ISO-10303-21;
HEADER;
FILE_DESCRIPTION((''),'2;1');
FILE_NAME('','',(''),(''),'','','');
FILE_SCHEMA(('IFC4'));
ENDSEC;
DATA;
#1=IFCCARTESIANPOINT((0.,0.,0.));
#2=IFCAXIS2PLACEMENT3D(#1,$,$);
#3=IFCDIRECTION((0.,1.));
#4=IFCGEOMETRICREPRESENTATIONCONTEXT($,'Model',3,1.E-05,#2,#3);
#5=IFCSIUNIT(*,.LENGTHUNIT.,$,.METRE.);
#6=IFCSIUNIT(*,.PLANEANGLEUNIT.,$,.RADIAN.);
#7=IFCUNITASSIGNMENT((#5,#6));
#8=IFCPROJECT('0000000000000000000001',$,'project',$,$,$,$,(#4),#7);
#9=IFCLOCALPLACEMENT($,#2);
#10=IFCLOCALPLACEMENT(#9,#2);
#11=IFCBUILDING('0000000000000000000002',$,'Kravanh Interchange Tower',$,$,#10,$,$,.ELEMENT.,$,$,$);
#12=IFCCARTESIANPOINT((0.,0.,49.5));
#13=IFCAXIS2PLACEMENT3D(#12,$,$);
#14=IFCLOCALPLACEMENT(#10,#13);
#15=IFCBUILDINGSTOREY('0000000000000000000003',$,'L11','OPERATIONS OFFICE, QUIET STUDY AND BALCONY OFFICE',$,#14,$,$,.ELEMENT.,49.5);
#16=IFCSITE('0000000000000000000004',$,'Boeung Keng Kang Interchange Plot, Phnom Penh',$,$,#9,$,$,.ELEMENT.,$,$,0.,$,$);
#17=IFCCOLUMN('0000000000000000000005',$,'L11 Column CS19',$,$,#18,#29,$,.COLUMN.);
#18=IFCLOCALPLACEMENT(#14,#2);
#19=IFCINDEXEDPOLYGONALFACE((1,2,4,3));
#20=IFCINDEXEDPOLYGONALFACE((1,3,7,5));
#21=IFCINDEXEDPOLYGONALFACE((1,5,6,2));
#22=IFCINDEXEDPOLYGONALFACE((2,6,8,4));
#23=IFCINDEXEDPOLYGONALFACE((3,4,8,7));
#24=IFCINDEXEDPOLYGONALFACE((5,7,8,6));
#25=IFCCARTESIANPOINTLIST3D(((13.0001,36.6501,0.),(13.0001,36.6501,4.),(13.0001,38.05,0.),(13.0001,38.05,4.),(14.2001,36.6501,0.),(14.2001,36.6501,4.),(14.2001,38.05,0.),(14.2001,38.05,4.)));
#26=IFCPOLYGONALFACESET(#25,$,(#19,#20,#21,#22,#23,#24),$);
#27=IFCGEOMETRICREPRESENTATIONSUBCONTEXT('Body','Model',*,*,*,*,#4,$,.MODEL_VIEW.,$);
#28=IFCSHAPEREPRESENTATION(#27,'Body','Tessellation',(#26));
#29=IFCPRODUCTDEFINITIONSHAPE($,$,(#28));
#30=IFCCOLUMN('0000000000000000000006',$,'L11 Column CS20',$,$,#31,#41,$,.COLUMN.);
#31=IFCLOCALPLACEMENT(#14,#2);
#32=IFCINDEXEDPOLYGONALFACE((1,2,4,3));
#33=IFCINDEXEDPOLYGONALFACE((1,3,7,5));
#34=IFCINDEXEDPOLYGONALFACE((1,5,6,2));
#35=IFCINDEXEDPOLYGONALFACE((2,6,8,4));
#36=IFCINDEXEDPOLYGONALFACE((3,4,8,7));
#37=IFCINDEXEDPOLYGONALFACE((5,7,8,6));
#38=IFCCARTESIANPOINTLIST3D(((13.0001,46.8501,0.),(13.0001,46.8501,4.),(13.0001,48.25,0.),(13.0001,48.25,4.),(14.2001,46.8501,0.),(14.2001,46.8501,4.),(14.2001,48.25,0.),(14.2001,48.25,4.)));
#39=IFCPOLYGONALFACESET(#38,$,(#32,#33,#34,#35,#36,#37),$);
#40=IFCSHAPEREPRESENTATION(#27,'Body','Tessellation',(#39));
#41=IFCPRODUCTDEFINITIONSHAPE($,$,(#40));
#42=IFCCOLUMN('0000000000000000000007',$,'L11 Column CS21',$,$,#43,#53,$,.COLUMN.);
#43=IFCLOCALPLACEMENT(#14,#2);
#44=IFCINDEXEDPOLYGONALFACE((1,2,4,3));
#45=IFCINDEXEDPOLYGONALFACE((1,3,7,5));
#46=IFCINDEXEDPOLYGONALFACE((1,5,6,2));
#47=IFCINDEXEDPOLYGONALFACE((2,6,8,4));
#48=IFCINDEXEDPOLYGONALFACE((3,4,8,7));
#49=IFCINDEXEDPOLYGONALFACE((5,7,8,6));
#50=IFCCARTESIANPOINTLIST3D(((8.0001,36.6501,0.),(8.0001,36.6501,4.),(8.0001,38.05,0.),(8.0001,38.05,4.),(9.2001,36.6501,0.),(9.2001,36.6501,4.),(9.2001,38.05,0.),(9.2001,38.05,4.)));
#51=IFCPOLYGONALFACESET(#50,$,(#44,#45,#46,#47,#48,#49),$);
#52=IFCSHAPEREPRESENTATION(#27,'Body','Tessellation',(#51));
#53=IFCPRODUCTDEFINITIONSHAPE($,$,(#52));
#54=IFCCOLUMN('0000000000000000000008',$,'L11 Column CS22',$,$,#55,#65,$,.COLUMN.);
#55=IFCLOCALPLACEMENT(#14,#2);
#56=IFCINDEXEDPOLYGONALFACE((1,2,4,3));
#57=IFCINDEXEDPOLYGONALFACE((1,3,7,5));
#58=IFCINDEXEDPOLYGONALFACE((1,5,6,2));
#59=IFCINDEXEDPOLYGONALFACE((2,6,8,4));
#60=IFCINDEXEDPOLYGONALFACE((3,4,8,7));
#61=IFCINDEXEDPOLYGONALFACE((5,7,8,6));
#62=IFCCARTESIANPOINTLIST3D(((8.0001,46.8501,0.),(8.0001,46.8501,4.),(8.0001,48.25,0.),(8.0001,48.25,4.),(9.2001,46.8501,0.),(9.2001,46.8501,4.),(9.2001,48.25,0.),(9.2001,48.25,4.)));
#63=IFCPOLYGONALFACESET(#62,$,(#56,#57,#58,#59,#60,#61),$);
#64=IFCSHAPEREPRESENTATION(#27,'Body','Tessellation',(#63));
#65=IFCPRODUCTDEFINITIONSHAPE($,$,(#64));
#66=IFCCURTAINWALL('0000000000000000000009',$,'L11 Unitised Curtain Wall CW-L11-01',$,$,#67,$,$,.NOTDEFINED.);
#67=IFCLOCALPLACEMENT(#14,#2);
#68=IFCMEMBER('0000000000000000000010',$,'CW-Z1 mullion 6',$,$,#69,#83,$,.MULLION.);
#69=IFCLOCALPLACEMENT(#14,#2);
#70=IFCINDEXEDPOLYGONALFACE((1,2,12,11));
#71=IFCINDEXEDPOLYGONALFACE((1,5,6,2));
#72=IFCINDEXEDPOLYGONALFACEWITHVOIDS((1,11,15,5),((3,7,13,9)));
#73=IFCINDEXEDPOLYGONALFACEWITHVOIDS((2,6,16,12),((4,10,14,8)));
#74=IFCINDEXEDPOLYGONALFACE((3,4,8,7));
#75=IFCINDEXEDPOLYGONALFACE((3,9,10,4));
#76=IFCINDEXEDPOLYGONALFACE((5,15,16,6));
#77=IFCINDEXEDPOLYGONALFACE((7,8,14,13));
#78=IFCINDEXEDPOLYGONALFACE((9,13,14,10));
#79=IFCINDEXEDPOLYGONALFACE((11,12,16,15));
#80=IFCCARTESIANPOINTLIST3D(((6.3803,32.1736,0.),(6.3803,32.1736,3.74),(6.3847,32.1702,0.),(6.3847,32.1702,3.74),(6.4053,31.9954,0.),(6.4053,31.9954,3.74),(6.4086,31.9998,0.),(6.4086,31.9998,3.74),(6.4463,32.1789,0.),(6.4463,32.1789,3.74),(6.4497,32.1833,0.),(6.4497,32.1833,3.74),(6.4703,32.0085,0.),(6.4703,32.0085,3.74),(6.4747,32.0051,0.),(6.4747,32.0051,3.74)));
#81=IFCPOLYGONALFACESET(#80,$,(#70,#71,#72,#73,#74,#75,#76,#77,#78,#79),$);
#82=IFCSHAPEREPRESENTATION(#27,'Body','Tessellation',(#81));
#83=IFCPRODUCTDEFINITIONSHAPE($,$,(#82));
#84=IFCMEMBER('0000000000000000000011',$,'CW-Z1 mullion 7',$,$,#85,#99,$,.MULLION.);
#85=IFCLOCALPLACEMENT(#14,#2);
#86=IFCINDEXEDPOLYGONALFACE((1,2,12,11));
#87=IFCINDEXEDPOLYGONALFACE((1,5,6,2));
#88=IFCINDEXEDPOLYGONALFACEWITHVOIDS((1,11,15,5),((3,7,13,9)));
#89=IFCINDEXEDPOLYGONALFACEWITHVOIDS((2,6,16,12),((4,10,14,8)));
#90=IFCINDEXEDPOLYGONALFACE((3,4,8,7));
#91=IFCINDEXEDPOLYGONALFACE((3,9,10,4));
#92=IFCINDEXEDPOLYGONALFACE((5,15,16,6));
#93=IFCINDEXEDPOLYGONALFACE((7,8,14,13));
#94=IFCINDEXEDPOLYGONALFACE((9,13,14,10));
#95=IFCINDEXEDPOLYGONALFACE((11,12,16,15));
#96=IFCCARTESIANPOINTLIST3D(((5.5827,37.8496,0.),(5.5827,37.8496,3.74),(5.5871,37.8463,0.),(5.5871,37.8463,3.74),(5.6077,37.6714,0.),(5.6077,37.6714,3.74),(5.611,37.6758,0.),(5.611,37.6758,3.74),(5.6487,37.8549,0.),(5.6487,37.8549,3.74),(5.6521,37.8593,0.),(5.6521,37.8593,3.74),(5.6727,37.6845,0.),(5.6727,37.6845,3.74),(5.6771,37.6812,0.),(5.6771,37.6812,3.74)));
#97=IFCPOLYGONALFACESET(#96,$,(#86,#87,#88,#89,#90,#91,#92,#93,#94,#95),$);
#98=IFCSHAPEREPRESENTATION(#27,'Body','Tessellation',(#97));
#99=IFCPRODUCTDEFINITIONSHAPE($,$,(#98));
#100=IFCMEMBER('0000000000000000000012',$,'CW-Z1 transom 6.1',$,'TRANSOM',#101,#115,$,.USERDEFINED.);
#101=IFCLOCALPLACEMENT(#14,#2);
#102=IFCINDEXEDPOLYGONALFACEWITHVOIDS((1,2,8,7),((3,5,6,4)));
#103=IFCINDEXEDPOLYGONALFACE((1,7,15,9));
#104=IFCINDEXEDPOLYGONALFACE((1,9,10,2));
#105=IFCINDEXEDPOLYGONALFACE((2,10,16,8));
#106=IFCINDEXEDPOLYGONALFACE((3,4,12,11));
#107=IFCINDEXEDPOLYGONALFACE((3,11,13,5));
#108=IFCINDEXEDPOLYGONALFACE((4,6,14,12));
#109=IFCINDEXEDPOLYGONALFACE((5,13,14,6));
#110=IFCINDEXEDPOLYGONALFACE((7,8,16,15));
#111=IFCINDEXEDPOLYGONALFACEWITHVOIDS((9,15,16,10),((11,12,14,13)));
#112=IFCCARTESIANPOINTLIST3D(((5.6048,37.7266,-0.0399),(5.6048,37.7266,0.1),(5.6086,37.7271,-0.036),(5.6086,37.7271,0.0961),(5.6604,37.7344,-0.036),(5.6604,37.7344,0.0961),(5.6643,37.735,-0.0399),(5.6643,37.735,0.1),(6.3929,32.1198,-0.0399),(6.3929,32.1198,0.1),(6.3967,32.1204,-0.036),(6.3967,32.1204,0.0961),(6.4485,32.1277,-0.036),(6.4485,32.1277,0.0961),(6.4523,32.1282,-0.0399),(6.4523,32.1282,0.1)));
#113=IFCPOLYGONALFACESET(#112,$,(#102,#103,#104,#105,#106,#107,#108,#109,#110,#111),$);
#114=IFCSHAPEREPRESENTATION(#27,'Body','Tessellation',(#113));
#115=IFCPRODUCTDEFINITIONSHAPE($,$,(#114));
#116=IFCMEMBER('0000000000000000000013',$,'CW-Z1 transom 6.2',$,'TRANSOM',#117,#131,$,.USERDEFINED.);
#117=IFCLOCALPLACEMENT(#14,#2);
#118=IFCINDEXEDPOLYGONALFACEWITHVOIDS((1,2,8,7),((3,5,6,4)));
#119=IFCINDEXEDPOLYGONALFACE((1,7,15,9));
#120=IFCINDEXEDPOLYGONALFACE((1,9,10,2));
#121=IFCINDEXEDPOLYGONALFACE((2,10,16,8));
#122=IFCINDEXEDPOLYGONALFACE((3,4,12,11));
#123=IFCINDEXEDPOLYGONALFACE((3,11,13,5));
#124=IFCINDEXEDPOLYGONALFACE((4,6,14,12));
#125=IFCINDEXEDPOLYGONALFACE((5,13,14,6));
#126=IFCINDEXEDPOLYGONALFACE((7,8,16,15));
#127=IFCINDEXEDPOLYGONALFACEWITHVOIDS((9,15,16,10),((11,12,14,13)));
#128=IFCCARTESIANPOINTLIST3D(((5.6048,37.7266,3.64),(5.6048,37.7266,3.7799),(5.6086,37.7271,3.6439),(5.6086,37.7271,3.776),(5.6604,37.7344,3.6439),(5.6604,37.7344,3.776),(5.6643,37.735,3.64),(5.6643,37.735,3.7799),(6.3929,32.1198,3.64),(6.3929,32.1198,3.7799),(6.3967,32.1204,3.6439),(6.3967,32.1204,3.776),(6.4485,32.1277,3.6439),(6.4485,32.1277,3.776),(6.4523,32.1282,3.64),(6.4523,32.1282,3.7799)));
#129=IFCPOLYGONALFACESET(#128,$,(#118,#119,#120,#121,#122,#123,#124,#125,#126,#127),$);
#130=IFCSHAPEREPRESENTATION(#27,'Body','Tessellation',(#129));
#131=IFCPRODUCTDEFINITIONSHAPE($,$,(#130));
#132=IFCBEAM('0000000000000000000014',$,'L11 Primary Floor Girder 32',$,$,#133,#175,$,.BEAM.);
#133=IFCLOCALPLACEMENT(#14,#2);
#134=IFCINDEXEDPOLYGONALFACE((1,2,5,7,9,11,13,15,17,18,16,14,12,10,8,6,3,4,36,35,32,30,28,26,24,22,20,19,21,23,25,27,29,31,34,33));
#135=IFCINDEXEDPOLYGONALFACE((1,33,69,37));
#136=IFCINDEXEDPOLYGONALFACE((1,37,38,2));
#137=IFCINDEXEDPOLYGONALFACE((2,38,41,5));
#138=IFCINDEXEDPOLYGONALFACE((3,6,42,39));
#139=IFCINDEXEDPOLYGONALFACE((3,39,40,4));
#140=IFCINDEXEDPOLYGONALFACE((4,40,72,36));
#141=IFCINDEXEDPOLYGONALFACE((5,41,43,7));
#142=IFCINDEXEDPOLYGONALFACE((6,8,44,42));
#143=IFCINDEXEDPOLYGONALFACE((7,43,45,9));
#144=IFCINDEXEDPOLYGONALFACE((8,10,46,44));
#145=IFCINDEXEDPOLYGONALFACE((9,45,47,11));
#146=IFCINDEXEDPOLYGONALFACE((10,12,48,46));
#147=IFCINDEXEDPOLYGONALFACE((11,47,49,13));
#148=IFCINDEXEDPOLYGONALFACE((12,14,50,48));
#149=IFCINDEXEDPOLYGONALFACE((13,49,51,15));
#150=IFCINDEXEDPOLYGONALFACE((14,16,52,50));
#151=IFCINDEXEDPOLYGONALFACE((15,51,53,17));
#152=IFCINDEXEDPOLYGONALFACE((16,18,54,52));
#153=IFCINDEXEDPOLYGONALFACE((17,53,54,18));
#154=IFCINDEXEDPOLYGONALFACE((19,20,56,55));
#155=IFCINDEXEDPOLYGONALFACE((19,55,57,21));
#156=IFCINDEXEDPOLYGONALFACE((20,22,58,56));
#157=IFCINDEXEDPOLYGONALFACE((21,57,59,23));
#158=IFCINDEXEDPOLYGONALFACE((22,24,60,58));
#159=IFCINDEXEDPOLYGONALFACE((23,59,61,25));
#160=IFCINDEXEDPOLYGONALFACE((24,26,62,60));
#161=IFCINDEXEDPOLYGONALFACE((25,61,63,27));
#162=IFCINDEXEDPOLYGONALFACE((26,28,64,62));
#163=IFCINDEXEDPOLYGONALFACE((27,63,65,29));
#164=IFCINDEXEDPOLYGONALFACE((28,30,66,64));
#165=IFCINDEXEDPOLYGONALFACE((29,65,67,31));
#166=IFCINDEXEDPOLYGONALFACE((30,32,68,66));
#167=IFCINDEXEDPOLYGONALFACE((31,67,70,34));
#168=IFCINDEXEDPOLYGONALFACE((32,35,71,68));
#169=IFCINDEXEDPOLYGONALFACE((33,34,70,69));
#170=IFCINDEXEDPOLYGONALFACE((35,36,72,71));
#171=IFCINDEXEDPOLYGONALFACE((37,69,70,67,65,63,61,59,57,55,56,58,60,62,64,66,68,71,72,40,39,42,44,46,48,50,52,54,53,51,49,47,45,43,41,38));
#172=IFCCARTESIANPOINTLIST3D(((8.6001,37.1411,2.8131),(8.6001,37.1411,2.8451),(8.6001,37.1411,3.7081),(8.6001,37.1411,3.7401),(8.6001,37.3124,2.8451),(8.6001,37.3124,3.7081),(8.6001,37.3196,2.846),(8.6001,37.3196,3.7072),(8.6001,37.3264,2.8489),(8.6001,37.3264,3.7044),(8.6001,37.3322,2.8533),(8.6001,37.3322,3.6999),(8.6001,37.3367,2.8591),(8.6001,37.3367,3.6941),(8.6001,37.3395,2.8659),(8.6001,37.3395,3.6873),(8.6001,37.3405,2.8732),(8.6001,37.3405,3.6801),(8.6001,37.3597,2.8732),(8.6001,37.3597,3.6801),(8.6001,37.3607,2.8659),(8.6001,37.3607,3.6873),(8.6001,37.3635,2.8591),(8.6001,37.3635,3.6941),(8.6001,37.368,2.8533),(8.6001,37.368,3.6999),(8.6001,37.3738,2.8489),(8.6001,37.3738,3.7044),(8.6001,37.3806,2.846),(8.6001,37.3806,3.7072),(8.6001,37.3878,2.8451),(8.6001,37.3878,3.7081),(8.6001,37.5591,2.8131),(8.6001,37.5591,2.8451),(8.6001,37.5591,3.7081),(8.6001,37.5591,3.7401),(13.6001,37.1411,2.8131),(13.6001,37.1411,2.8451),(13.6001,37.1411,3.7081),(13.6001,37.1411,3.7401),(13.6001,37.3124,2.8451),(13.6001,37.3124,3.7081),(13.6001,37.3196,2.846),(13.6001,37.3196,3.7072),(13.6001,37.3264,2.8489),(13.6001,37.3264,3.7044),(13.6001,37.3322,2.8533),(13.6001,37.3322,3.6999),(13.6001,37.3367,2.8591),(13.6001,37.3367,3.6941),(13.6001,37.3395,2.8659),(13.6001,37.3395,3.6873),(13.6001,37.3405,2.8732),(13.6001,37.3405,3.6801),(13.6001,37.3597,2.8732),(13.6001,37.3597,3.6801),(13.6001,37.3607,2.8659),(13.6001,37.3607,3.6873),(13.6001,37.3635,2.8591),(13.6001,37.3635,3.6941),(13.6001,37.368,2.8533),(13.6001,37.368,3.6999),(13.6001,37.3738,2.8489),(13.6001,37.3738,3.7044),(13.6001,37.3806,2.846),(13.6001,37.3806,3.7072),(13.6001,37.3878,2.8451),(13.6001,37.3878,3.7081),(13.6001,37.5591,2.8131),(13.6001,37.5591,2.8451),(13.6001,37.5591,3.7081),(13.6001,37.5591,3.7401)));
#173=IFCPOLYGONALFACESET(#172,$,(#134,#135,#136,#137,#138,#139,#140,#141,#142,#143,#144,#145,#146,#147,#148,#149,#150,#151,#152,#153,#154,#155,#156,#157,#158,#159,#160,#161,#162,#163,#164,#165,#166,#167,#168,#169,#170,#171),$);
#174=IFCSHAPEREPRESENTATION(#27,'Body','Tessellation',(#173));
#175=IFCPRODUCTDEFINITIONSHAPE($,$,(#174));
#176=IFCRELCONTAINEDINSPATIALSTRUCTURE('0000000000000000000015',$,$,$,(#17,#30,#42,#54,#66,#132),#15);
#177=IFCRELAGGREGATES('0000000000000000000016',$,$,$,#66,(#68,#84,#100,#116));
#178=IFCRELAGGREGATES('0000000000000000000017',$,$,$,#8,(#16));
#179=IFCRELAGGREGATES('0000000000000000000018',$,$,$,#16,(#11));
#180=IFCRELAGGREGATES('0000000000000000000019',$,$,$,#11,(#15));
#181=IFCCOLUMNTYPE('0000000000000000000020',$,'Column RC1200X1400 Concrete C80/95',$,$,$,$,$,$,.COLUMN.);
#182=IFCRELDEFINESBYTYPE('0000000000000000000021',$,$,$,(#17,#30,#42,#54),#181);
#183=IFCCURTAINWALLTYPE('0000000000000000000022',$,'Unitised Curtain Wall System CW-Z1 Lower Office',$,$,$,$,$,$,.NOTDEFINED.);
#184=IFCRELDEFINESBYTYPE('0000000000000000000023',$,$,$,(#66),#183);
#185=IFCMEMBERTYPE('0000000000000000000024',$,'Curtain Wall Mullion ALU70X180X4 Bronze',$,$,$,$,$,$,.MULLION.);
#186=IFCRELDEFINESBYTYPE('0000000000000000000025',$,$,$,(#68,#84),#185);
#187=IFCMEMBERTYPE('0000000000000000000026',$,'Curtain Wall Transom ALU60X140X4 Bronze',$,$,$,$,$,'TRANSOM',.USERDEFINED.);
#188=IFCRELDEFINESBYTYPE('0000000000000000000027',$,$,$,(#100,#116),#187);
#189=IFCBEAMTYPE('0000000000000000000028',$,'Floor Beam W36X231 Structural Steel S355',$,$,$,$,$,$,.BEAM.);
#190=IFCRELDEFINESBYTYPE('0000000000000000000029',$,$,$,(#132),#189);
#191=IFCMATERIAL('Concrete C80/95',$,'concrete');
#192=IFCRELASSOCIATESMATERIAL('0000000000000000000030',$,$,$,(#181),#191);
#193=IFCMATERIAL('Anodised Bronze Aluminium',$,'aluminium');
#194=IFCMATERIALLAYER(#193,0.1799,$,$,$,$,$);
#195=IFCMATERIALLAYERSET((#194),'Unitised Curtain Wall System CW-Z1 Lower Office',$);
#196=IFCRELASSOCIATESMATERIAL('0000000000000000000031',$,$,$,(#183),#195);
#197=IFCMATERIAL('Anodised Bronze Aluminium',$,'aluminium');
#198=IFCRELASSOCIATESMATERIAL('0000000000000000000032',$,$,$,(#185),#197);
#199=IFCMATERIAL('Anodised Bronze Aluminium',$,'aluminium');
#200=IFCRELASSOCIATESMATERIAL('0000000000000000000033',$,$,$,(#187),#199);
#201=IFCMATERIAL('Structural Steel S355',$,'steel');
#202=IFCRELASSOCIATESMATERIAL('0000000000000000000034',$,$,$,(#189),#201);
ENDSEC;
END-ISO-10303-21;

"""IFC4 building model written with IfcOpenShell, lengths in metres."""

from ifc_helpers import new_model, si_unit, direction, frame, origin, origin_2d, place, context, subcontext, project, spatial, rectangle, hollow_rectangle, i_section, extrude, material, layer, layer_set, material_profile, profile_set, type_object, element, aggregate, save


model = new_model("IFC4")

# Units and contexts
model_context = context("Model", 3, precision=1e-05, world=origin(), true_north=direction((0.0, 1.0)))
body_context = subcontext(model_context, "Body", "Model", "MODEL_VIEW")
ifc_project = project(units=[si_unit("LENGTHUNIT", "METRE"), si_unit("PLANEANGLEUNIT", "RADIAN")], contexts=[model_context])

# Site, building, storey
site_placement = place(None, origin())
site = spatial("IfcSite", under=ifc_project, at=site_placement, Name="Boeung Keng Kang Interchange Plot, Phnom Penh", CompositionType="ELEMENT", RefElevation=0.0)
building_placement = place(site_placement, origin())
building = spatial("IfcBuilding", under=site, at=building_placement, Name="Kravanh Interchange Tower", CompositionType="ELEMENT")
storey_placement = place(building_placement, frame((0.0, 0.0, 49.5)))
storey = spatial("IfcBuildingStorey", under=building, at=storey_placement, Name="L11", Description="OPERATIONS OFFICE, QUIET STUDY AND BALCONY OFFICE", CompositionType="ELEMENT", Elevation=49.5)

# Columns
ifc_material_1 = material(Name="Concrete C80/95", Category="concrete")
ifc_material_profile_1 = material_profile(ifc_material_1, rectangle(XDim=1.2, YDim=1.3999, at=origin_2d()), Name="RC1200X1400")
ifc_profile_set_1 = profile_set([ifc_material_profile_1], Name="Concrete C80/95")
column_type = type_object("IfcColumnType", Name="Column RC1200X1400 Concrete C80/95", PredefinedType="COLUMN", material=ifc_profile_set_1)
for number, where, z_axis, x_axis, name in (
    (1, (13.6001, 37.3501, 0.0), (0.0, 0.0, 1.0), (1.0, 0.0, 0.0), "L11 Column CS19"),
    (2, (13.6001, 47.55, 0.0), (0.0, 0.0, 1.0), (1.0, 0.0, 0.0), "L11 Column CS20"),
    (3, (8.6001, 37.3501, 0.0), (0.0, 0.0, 1.0), (1.0, 0.0, 0.0), "L11 Column CS21"),
    (4, (8.6001, 47.55, 0.0), (0.0, 0.0, 1.0), (1.0, 0.0, 0.0), "L11 Column CS22"),
):
    element("IfcColumn", number, at=place(storey_placement, frame(where, z_axis=z_axis, x_axis=x_axis)), inside=storey, type_object=column_type, Name=name, PredefinedType="COLUMN", context=body_context, shape_type="SweptSolid", body=[
        extrude(rectangle(XDim=1.2, YDim=1.3999, at=origin_2d()), origin(), (0.0, 0.0, 1.0), 4.0),
    ])

# Curtain wall, members
ifc_material_2 = material(Name="Anodised Bronze Aluminium", Category="aluminium")
ifc_layer_1 = layer(ifc_material_2, 0.1799)
ifc_layer_set_1 = layer_set([ifc_layer_1], Name="Unitised Curtain Wall System CW-Z1 Lower Office")
curtain_wall_type = type_object("IfcCurtainWallType", Name="Unitised Curtain Wall System CW-Z1 Lower Office", PredefinedType="NOTDEFINED", material=ifc_layer_set_1)
curtain_wall_placement = place(storey_placement, origin())
curtain_wall = element("IfcCurtainWall", 5, at=curtain_wall_placement, inside=storey, type_object=curtain_wall_type, Name="L11 Unitised Curtain Wall CW-L11-01", PredefinedType="NOTDEFINED")
ifc_material_3 = material(Name="Anodised Bronze Aluminium", Category="aluminium")
ifc_material_profile_2 = material_profile(ifc_material_3, hollow_rectangle(XDim=0.0701, YDim=0.1799, WallThickness=0.0039, at=origin_2d()), Name="ALU70X180X4")
ifc_profile_set_2 = profile_set([ifc_material_profile_2], Name="Anodised Bronze Aluminium")
member_type_1 = type_object("IfcMemberType", Name="Curtain Wall Mullion ALU70X180X4 Bronze", PredefinedType="MULLION", material=ifc_profile_set_2)
member_1_placement = place(storey_placement, frame((6.4275, 32.0894, 0.0), z_axis=(0.0, 0.0, 1.0), x_axis=(-0.990268, -0.139177, 0.0)))
member_1 = element("IfcMember", 6, at=member_1_placement, type_object=member_type_1, Name="CW-Z1 mullion 6", PredefinedType="MULLION", context=body_context, shape_type="SweptSolid", body=[
    extrude(hollow_rectangle(XDim=0.0701, YDim=0.1799, WallThickness=0.0039, at=origin_2d()), origin(), (0.0, 0.0, 1.0), 3.74),
])
member_2_placement = place(storey_placement, frame((5.6299, 37.7654, 0.0), z_axis=(0.0, 0.0, 1.0), x_axis=(-0.990268, -0.139177, 0.0)))
member_2 = element("IfcMember", 7, at=member_2_placement, type_object=member_type_1, Name="CW-Z1 mullion 7", PredefinedType="MULLION", context=body_context, shape_type="SweptSolid", body=[
    extrude(hollow_rectangle(XDim=0.0701, YDim=0.1799, WallThickness=0.0039, at=origin_2d()), origin(), (0.0, 0.0, 1.0), 3.74),
])
ifc_material_4 = material(Name="Anodised Bronze Aluminium", Category="aluminium")
ifc_material_profile_3 = material_profile(ifc_material_4, hollow_rectangle(XDim=0.0601, YDim=0.1399, WallThickness=0.0039, at=origin_2d()), Name="ALU60X140X4")
ifc_profile_set_3 = profile_set([ifc_material_profile_3], Name="Anodised Bronze Aluminium")
member_type_2 = type_object("IfcMemberType", Name="Curtain Wall Transom ALU60X140X4 Bronze", ElementType="TRANSOM", PredefinedType="USERDEFINED", material=ifc_profile_set_3)
member_3_placement = place(storey_placement, frame((6.4226, 32.124, 0.03), z_axis=(-0.139193, 0.990265, 0.0), x_axis=(-0.990265, -0.139193, 0.0)))
member_3 = element("IfcMember", 8, at=member_3_placement, type_object=member_type_2, Name="CW-Z1 transom 6.1", ObjectType="TRANSOM", PredefinedType="USERDEFINED", context=body_context, shape_type="SweptSolid", body=[
    extrude(hollow_rectangle(XDim=0.0601, YDim=0.1399, WallThickness=0.0039, at=origin_2d()), origin(), (0.0, 0.0, 1.0), 5.6619),
])
member_4_placement = place(storey_placement, frame((6.4226, 32.124, 3.71), z_axis=(-0.139193, 0.990265, 0.0), x_axis=(-0.990265, -0.139193, 0.0)))
member_4 = element("IfcMember", 9, at=member_4_placement, type_object=member_type_2, Name="CW-Z1 transom 6.2", ObjectType="TRANSOM", PredefinedType="USERDEFINED", context=body_context, shape_type="SweptSolid", body=[
    extrude(hollow_rectangle(XDim=0.0601, YDim=0.1399, WallThickness=0.0039, at=origin_2d()), origin(), (0.0, 0.0, 1.0), 5.6619),
])

# Beam
ifc_material_5 = material(Name="Structural Steel S355", Category="steel")
ifc_material_profile_4 = material_profile(ifc_material_5, i_section(OverallWidth=0.418, OverallDepth=0.927, WebThickness=0.0193, FlangeThickness=0.032, FilletRadius=0.0281, at=origin_2d()), Name="W36X231")
ifc_profile_set_4 = profile_set([ifc_material_profile_4], Name="Structural Steel S355")
beam_type = type_object("IfcBeamType", Name="Floor Beam W36X231 Structural Steel S355", PredefinedType="BEAM", material=ifc_profile_set_4)
beam_1_placement = place(storey_placement, frame((13.6001, 37.3501, 3.2766), z_axis=(-1.0, 0.0, 0.0), x_axis=(0.0, -1.0, 0.0)))
element("IfcBeam", 10, at=beam_1_placement, inside=storey, type_object=beam_type, Name="L11 Primary Floor Girder 32", PredefinedType="BEAM", context=body_context, shape_type="SweptSolid", body=[
    extrude(i_section(OverallWidth=0.418, OverallDepth=0.927, WebThickness=0.0193, FlangeThickness=0.032, FilletRadius=0.0281, at=origin_2d()), origin(), (0.0, 0.0, 1.0), 5.0),
])

aggregate(curtain_wall, [member_1, member_2, member_3, member_4])

save(model, "model.ifc")
